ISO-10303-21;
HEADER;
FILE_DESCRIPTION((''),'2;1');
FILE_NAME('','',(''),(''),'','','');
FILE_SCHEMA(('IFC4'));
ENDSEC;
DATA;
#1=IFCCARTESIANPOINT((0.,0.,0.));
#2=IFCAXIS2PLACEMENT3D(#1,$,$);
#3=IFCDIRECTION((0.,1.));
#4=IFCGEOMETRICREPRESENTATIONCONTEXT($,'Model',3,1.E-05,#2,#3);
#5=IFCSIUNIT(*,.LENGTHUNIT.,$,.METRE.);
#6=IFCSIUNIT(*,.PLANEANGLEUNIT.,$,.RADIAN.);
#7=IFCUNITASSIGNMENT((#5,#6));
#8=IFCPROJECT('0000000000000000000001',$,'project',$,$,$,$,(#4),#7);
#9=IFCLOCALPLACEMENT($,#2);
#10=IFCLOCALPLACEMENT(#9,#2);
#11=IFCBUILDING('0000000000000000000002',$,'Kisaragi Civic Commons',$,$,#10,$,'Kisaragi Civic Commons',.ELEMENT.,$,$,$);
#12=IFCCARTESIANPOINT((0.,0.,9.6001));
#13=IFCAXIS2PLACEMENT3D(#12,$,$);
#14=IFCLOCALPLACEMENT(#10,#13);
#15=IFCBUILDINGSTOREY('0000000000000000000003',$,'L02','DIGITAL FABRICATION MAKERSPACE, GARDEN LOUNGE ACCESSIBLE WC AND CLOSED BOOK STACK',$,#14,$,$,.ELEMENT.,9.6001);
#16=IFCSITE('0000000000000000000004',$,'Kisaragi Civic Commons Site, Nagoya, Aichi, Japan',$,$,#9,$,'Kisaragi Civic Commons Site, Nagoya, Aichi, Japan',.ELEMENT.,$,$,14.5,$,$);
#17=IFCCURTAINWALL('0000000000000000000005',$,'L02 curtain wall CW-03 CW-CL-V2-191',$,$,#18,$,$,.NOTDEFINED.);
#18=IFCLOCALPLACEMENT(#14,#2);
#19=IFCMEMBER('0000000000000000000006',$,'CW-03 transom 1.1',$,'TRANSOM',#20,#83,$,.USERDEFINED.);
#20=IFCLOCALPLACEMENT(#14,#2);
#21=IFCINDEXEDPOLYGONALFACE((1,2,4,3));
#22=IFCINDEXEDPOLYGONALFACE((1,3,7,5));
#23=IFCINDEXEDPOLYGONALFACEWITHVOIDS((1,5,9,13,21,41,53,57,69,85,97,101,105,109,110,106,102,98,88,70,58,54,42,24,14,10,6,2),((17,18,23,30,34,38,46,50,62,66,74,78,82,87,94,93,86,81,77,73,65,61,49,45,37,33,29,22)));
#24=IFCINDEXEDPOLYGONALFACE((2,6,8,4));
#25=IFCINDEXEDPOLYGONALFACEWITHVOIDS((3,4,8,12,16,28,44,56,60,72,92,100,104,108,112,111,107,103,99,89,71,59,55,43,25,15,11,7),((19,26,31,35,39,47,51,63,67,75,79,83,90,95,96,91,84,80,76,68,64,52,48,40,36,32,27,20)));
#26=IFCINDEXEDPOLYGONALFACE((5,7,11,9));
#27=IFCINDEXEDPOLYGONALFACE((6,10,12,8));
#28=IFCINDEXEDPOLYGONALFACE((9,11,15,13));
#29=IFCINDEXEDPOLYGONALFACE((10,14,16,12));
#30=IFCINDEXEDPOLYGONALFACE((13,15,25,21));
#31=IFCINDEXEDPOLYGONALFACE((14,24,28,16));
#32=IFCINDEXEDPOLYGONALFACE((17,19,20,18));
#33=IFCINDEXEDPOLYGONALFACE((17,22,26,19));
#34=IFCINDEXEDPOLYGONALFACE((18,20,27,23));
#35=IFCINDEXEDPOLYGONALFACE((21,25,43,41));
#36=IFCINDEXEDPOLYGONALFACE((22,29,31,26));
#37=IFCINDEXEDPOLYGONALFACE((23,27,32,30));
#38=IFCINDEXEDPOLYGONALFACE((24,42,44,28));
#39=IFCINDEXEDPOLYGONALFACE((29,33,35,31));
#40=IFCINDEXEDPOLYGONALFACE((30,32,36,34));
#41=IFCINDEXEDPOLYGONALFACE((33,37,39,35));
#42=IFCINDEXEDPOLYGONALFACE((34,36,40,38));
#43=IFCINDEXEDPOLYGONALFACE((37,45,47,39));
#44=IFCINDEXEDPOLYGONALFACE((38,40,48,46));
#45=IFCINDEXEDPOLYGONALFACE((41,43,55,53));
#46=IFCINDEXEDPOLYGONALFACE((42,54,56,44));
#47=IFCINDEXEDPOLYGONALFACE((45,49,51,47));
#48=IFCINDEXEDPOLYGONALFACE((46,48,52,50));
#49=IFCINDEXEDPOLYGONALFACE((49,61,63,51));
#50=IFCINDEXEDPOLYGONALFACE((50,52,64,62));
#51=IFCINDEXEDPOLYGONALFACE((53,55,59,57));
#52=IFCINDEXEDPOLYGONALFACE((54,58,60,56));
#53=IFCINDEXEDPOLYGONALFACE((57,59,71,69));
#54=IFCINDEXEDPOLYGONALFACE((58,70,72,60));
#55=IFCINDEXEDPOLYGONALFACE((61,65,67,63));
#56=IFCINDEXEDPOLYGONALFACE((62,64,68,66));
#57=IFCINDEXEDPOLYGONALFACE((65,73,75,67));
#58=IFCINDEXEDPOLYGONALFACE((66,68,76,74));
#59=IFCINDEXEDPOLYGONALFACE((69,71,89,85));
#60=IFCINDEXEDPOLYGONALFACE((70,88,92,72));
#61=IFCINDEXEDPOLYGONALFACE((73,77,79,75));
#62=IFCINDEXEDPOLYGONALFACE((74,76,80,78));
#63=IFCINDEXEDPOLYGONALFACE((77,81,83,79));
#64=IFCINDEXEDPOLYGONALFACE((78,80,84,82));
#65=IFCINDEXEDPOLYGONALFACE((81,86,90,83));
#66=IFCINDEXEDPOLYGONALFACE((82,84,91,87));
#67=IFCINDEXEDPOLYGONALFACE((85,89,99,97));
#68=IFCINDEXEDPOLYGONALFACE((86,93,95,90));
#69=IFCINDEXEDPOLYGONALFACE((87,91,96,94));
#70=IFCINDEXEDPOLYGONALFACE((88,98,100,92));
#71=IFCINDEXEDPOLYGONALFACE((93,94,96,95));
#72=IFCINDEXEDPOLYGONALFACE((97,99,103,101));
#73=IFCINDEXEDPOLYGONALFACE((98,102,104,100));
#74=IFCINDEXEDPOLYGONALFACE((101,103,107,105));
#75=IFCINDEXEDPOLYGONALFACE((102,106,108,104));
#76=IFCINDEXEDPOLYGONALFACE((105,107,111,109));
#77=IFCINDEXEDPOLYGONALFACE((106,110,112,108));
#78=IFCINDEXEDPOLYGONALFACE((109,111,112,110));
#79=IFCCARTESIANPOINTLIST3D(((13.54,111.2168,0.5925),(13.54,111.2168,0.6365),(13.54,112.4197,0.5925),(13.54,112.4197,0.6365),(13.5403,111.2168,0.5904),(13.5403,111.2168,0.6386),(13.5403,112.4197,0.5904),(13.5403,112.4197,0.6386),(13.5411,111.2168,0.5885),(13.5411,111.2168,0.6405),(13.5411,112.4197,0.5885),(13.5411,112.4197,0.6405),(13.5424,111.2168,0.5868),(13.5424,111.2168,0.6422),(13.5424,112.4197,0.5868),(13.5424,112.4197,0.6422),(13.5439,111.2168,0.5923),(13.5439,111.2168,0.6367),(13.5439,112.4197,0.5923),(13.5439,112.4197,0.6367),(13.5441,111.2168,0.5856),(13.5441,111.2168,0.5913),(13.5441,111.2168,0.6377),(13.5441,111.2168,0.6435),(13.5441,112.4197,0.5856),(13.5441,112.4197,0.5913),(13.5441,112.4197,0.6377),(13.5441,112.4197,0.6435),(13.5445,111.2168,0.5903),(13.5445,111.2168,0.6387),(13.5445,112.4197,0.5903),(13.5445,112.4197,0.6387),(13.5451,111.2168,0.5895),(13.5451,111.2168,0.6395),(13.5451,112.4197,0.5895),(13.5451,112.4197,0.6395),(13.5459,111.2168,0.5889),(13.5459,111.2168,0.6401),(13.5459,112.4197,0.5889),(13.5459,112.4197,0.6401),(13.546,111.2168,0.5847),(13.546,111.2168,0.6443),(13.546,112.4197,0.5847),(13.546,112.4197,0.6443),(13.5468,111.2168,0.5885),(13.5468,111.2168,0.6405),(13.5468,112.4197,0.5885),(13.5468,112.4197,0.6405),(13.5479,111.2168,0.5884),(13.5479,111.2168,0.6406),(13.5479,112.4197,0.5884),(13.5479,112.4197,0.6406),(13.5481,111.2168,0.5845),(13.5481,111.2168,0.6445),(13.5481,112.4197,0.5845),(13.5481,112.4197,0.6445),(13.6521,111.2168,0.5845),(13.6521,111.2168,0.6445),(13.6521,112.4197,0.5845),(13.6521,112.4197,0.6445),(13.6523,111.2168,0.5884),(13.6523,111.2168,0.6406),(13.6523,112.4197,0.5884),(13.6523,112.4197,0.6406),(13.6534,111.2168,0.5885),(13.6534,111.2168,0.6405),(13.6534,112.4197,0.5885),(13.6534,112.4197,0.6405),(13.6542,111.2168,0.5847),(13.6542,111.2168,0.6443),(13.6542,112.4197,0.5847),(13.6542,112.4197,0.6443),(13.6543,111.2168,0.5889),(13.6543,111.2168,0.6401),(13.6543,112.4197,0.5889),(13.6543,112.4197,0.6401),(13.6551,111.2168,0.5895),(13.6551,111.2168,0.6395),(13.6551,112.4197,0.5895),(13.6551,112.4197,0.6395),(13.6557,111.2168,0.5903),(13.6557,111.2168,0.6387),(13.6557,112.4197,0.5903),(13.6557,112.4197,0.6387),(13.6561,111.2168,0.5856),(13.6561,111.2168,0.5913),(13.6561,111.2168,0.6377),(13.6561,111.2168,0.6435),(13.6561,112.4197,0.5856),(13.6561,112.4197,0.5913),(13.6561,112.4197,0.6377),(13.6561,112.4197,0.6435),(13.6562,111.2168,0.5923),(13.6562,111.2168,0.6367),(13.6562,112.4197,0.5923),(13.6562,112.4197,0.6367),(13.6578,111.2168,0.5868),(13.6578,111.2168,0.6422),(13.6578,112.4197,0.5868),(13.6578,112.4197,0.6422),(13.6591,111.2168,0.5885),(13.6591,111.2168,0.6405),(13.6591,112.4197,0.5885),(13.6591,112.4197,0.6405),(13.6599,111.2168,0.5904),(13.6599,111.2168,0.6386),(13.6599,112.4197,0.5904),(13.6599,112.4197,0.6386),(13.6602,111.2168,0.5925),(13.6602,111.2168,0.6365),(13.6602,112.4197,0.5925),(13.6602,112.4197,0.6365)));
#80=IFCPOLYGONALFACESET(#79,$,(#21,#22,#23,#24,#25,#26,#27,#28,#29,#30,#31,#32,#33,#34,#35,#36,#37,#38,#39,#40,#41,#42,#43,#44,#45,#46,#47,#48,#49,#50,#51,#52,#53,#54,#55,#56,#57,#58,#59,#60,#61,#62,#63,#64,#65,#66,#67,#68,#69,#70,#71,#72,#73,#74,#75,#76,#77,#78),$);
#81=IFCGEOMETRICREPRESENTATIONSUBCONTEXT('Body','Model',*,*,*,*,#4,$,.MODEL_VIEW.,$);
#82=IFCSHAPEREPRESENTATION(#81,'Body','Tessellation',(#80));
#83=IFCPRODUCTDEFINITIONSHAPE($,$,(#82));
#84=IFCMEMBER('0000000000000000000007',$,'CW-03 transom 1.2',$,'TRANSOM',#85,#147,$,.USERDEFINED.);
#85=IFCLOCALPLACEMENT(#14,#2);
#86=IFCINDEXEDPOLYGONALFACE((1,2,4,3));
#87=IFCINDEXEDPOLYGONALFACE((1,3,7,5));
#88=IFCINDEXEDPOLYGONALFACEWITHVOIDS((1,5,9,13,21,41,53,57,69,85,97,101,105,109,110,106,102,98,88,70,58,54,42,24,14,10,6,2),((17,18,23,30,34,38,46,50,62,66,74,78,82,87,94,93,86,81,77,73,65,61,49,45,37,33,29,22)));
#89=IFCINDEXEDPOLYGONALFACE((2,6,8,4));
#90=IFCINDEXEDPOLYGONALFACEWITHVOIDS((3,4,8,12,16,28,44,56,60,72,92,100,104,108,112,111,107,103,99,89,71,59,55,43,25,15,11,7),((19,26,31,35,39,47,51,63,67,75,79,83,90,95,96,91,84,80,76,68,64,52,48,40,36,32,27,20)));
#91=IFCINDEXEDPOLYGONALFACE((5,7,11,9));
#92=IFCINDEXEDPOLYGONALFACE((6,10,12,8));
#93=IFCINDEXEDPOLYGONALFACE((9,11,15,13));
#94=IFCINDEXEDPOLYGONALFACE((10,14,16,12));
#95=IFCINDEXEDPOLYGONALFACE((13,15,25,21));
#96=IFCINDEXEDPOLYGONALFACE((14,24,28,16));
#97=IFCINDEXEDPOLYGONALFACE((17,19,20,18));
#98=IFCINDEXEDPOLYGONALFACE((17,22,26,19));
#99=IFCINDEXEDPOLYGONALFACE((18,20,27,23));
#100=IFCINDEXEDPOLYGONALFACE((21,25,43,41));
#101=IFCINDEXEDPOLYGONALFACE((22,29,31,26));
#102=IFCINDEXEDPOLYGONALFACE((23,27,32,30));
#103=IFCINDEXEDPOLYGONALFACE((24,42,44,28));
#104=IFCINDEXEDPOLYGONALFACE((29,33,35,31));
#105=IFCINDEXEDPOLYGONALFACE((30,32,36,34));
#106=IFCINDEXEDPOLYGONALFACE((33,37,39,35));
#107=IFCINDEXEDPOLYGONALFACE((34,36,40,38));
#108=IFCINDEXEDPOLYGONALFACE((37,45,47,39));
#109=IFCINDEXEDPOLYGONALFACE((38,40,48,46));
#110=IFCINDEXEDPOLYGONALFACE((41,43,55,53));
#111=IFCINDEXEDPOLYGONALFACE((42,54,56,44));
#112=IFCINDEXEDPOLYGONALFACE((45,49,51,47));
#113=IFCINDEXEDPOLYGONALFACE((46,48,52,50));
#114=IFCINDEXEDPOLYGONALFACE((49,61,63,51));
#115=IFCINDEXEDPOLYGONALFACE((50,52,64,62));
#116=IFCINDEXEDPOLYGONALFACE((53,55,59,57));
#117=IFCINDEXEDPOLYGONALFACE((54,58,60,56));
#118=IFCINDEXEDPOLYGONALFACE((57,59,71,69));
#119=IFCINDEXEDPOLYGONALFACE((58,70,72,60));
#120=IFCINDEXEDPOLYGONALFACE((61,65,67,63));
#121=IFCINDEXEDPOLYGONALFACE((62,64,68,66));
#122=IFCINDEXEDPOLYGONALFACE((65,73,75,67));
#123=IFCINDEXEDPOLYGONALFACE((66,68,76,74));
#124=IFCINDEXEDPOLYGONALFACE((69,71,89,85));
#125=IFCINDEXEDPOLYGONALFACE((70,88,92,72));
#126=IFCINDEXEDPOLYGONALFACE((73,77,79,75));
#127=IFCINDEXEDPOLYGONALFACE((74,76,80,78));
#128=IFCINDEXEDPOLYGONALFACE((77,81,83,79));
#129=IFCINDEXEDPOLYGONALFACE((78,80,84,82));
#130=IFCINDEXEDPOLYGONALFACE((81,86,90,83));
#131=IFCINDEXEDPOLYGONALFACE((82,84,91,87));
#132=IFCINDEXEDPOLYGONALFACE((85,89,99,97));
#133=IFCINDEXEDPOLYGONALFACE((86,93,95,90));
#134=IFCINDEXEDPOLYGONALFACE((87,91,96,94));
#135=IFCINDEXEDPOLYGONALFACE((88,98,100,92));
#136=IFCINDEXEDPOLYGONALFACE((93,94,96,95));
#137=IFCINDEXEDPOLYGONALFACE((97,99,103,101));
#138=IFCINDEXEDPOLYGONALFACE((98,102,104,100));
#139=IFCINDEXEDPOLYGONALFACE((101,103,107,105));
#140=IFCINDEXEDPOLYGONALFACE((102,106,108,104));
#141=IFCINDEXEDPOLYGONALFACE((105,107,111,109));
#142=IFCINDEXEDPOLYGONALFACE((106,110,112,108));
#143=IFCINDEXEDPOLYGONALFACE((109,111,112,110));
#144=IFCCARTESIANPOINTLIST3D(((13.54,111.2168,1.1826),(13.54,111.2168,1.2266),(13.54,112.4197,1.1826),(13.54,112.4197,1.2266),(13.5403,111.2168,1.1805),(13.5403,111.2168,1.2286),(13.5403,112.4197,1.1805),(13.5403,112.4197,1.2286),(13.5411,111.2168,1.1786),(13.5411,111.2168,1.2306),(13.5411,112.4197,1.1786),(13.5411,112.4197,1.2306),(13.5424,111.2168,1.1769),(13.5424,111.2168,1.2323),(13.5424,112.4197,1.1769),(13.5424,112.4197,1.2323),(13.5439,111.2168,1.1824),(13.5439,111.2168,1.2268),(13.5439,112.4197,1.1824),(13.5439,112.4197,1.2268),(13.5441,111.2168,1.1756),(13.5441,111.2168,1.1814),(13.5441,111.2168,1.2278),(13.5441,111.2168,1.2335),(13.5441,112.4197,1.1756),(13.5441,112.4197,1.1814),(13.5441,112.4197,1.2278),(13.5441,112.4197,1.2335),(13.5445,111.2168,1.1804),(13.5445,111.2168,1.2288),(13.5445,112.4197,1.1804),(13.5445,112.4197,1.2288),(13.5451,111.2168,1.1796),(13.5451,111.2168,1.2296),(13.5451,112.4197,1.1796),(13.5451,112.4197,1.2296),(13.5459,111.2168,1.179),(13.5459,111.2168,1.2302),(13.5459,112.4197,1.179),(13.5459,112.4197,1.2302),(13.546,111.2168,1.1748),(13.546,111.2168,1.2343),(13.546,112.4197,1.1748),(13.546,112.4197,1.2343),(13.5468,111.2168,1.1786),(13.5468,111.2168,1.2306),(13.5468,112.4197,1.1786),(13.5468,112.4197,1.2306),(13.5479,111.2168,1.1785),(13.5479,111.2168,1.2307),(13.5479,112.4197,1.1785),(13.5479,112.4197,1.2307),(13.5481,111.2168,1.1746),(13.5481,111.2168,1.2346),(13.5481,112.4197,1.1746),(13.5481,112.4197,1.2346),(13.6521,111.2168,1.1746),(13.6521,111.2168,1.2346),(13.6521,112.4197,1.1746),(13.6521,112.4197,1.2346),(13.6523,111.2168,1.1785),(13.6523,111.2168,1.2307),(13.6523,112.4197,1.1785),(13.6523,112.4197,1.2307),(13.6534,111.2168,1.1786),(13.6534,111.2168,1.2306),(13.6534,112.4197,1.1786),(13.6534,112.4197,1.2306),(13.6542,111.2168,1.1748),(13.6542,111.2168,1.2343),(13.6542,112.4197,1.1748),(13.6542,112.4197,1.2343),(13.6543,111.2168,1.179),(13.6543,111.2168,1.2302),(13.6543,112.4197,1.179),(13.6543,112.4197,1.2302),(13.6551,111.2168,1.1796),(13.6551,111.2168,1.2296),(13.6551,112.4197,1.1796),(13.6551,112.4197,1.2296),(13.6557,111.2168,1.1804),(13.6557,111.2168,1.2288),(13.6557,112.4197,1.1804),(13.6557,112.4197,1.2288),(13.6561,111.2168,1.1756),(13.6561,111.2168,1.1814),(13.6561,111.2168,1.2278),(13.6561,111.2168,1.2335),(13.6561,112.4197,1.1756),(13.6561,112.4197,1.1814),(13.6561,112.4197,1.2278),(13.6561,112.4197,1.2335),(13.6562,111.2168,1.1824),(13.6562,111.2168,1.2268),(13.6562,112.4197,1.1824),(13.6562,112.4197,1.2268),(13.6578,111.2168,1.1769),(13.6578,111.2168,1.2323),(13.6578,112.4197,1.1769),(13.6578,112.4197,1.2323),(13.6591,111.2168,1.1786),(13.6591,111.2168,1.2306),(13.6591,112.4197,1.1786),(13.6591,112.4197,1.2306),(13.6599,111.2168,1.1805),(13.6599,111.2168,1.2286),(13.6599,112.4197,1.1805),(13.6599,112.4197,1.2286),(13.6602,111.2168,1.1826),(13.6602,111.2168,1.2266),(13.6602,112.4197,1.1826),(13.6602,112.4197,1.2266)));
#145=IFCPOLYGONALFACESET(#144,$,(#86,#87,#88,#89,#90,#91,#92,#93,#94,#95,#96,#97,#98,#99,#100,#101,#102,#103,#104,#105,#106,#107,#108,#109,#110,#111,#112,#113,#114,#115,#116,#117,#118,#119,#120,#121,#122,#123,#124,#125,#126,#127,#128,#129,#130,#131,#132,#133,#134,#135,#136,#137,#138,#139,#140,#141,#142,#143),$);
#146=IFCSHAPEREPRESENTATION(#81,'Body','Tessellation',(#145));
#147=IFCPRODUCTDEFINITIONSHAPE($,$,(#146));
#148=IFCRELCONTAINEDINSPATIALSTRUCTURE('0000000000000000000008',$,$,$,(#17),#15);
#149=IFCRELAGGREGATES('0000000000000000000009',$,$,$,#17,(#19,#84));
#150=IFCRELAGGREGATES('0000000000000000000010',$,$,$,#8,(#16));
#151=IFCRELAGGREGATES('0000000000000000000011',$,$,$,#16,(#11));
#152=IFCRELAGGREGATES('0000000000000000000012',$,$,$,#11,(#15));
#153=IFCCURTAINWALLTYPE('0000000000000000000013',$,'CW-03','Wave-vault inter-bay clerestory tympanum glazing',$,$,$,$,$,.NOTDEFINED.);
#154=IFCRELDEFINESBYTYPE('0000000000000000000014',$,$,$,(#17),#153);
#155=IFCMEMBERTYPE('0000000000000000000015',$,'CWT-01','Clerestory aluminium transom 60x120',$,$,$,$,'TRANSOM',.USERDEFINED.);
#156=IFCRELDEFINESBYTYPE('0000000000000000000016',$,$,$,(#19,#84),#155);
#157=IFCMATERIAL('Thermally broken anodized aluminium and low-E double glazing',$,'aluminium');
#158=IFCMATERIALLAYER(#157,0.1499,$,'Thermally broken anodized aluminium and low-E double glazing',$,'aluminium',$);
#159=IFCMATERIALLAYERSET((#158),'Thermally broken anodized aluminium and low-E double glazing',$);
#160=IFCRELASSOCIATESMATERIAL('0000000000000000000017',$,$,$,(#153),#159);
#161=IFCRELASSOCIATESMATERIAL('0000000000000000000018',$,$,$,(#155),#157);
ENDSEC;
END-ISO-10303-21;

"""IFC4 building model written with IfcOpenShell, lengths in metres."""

from ifc_helpers import new_model, si_unit, direction, frame, origin, origin_2d, place, context, subcontext, project, spatial, hollow_rectangle, extrude, material, layer, layer_set, material_profile, profile_set, type_object, element, aggregate, save


model = new_model("IFC4")

# Units and contexts
model_context = context("Model", 3, precision=1e-05, world=origin(), true_north=direction((0.0, 1.0)))
body_context = subcontext(model_context, "Body", "Model", "MODEL_VIEW")
ifc_project = project(units=[si_unit("LENGTHUNIT", "METRE"), si_unit("PLANEANGLEUNIT", "RADIAN")], contexts=[model_context])

# Site, building, storey
site_placement = place(None, origin())
site = spatial("IfcSite", under=ifc_project, at=site_placement, Name="Kisaragi Civic Commons Site, Nagoya, Aichi, Japan", LongName="Kisaragi Civic Commons Site, Nagoya, Aichi, Japan", CompositionType="ELEMENT", RefElevation=14.5)
building_placement = place(site_placement, origin())
building = spatial("IfcBuilding", under=site, at=building_placement, Name="Kisaragi Civic Commons", LongName="Kisaragi Civic Commons", CompositionType="ELEMENT")
storey_placement = place(building_placement, frame((0.0, 0.0, 9.6001)))
storey = spatial("IfcBuildingStorey", under=building, at=storey_placement, Name="L02", Description="DIGITAL FABRICATION MAKERSPACE, GARDEN LOUNGE ACCESSIBLE WC AND CLOSED BOOK STACK", CompositionType="ELEMENT", Elevation=9.6001)

# Curtain wall
ifc_material_1 = material(Name="Thermally broken anodized aluminium and low-E double glazing", Category="aluminium")
ifc_layer_1 = layer(ifc_material_1, 0.1499, Name="Thermally broken anodized aluminium and low-E double glazing", Category="aluminium")
ifc_layer_set_1 = layer_set([ifc_layer_1], Name="Thermally broken anodized aluminium and low-E double glazing")
curtain_wall_type = type_object("IfcCurtainWallType", Name="CW-03", Description="Wave-vault inter-bay clerestory tympanum glazing", PredefinedType="NOTDEFINED", material=ifc_layer_set_1)
curtain_wall_1_placement = place(storey_placement, origin())
curtain_wall_1 = element("IfcCurtainWall", 1, at=curtain_wall_1_placement, inside=storey, type_object=curtain_wall_type, Name="L02 curtain wall CW-03 CW-CL-V2-191", PredefinedType="NOTDEFINED")

# Members
ifc_material_profile_1 = material_profile(ifc_material_1, hollow_rectangle(XDim=0.1201, YDim=0.0601, WallThickness=0.0039, InnerFilletRadius=0.0039, OuterFilletRadius=0.0081, at=origin_2d()), Name="CWT-60x120x4", Category="aluminium")
ifc_profile_set_1 = profile_set([ifc_material_profile_1], Name="Thermally broken anodized aluminium and low-E double glazing")
member_type_1 = type_object("IfcMemberType", Name="CWT-01", Description="Clerestory aluminium transom 60x120", ElementType="TRANSOM", PredefinedType="USERDEFINED", material=ifc_profile_set_1)
member_1_placement = place(storey_placement, frame((13.6001, 111.2168, 0.6145), z_axis=(0.0, 1.0, 0.0), x_axis=(-1.0, 0.0, 0.0)))
member_1 = element("IfcMember", 2, at=member_1_placement, type_object=member_type_1, Name="CW-03 transom 1.1", ObjectType="TRANSOM", PredefinedType="USERDEFINED", context=body_context, shape_type="SweptSolid", body=[
    extrude(hollow_rectangle(XDim=0.1201, YDim=0.0601, WallThickness=0.0039, InnerFilletRadius=0.0039, OuterFilletRadius=0.0081, at=origin_2d()), origin(), (0.0, 0.0, 1.0), 1.2029),
])
member_2_placement = place(storey_placement, frame((13.6001, 111.2168, 1.2046), z_axis=(0.0, 1.0, 0.0), x_axis=(-1.0, 0.0, 0.0)))
member_2 = element("IfcMember", 3, at=member_2_placement, type_object=member_type_1, Name="CW-03 transom 1.2", ObjectType="TRANSOM", PredefinedType="USERDEFINED", context=body_context, shape_type="SweptSolid", body=[
    extrude(hollow_rectangle(XDim=0.1201, YDim=0.0601, WallThickness=0.0039, InnerFilletRadius=0.0039, OuterFilletRadius=0.0081, at=origin_2d()), origin(), (0.0, 0.0, 1.0), 1.2029),
])

aggregate(curtain_wall_1, [member_1, member_2])

save(model, "model.ifc")
